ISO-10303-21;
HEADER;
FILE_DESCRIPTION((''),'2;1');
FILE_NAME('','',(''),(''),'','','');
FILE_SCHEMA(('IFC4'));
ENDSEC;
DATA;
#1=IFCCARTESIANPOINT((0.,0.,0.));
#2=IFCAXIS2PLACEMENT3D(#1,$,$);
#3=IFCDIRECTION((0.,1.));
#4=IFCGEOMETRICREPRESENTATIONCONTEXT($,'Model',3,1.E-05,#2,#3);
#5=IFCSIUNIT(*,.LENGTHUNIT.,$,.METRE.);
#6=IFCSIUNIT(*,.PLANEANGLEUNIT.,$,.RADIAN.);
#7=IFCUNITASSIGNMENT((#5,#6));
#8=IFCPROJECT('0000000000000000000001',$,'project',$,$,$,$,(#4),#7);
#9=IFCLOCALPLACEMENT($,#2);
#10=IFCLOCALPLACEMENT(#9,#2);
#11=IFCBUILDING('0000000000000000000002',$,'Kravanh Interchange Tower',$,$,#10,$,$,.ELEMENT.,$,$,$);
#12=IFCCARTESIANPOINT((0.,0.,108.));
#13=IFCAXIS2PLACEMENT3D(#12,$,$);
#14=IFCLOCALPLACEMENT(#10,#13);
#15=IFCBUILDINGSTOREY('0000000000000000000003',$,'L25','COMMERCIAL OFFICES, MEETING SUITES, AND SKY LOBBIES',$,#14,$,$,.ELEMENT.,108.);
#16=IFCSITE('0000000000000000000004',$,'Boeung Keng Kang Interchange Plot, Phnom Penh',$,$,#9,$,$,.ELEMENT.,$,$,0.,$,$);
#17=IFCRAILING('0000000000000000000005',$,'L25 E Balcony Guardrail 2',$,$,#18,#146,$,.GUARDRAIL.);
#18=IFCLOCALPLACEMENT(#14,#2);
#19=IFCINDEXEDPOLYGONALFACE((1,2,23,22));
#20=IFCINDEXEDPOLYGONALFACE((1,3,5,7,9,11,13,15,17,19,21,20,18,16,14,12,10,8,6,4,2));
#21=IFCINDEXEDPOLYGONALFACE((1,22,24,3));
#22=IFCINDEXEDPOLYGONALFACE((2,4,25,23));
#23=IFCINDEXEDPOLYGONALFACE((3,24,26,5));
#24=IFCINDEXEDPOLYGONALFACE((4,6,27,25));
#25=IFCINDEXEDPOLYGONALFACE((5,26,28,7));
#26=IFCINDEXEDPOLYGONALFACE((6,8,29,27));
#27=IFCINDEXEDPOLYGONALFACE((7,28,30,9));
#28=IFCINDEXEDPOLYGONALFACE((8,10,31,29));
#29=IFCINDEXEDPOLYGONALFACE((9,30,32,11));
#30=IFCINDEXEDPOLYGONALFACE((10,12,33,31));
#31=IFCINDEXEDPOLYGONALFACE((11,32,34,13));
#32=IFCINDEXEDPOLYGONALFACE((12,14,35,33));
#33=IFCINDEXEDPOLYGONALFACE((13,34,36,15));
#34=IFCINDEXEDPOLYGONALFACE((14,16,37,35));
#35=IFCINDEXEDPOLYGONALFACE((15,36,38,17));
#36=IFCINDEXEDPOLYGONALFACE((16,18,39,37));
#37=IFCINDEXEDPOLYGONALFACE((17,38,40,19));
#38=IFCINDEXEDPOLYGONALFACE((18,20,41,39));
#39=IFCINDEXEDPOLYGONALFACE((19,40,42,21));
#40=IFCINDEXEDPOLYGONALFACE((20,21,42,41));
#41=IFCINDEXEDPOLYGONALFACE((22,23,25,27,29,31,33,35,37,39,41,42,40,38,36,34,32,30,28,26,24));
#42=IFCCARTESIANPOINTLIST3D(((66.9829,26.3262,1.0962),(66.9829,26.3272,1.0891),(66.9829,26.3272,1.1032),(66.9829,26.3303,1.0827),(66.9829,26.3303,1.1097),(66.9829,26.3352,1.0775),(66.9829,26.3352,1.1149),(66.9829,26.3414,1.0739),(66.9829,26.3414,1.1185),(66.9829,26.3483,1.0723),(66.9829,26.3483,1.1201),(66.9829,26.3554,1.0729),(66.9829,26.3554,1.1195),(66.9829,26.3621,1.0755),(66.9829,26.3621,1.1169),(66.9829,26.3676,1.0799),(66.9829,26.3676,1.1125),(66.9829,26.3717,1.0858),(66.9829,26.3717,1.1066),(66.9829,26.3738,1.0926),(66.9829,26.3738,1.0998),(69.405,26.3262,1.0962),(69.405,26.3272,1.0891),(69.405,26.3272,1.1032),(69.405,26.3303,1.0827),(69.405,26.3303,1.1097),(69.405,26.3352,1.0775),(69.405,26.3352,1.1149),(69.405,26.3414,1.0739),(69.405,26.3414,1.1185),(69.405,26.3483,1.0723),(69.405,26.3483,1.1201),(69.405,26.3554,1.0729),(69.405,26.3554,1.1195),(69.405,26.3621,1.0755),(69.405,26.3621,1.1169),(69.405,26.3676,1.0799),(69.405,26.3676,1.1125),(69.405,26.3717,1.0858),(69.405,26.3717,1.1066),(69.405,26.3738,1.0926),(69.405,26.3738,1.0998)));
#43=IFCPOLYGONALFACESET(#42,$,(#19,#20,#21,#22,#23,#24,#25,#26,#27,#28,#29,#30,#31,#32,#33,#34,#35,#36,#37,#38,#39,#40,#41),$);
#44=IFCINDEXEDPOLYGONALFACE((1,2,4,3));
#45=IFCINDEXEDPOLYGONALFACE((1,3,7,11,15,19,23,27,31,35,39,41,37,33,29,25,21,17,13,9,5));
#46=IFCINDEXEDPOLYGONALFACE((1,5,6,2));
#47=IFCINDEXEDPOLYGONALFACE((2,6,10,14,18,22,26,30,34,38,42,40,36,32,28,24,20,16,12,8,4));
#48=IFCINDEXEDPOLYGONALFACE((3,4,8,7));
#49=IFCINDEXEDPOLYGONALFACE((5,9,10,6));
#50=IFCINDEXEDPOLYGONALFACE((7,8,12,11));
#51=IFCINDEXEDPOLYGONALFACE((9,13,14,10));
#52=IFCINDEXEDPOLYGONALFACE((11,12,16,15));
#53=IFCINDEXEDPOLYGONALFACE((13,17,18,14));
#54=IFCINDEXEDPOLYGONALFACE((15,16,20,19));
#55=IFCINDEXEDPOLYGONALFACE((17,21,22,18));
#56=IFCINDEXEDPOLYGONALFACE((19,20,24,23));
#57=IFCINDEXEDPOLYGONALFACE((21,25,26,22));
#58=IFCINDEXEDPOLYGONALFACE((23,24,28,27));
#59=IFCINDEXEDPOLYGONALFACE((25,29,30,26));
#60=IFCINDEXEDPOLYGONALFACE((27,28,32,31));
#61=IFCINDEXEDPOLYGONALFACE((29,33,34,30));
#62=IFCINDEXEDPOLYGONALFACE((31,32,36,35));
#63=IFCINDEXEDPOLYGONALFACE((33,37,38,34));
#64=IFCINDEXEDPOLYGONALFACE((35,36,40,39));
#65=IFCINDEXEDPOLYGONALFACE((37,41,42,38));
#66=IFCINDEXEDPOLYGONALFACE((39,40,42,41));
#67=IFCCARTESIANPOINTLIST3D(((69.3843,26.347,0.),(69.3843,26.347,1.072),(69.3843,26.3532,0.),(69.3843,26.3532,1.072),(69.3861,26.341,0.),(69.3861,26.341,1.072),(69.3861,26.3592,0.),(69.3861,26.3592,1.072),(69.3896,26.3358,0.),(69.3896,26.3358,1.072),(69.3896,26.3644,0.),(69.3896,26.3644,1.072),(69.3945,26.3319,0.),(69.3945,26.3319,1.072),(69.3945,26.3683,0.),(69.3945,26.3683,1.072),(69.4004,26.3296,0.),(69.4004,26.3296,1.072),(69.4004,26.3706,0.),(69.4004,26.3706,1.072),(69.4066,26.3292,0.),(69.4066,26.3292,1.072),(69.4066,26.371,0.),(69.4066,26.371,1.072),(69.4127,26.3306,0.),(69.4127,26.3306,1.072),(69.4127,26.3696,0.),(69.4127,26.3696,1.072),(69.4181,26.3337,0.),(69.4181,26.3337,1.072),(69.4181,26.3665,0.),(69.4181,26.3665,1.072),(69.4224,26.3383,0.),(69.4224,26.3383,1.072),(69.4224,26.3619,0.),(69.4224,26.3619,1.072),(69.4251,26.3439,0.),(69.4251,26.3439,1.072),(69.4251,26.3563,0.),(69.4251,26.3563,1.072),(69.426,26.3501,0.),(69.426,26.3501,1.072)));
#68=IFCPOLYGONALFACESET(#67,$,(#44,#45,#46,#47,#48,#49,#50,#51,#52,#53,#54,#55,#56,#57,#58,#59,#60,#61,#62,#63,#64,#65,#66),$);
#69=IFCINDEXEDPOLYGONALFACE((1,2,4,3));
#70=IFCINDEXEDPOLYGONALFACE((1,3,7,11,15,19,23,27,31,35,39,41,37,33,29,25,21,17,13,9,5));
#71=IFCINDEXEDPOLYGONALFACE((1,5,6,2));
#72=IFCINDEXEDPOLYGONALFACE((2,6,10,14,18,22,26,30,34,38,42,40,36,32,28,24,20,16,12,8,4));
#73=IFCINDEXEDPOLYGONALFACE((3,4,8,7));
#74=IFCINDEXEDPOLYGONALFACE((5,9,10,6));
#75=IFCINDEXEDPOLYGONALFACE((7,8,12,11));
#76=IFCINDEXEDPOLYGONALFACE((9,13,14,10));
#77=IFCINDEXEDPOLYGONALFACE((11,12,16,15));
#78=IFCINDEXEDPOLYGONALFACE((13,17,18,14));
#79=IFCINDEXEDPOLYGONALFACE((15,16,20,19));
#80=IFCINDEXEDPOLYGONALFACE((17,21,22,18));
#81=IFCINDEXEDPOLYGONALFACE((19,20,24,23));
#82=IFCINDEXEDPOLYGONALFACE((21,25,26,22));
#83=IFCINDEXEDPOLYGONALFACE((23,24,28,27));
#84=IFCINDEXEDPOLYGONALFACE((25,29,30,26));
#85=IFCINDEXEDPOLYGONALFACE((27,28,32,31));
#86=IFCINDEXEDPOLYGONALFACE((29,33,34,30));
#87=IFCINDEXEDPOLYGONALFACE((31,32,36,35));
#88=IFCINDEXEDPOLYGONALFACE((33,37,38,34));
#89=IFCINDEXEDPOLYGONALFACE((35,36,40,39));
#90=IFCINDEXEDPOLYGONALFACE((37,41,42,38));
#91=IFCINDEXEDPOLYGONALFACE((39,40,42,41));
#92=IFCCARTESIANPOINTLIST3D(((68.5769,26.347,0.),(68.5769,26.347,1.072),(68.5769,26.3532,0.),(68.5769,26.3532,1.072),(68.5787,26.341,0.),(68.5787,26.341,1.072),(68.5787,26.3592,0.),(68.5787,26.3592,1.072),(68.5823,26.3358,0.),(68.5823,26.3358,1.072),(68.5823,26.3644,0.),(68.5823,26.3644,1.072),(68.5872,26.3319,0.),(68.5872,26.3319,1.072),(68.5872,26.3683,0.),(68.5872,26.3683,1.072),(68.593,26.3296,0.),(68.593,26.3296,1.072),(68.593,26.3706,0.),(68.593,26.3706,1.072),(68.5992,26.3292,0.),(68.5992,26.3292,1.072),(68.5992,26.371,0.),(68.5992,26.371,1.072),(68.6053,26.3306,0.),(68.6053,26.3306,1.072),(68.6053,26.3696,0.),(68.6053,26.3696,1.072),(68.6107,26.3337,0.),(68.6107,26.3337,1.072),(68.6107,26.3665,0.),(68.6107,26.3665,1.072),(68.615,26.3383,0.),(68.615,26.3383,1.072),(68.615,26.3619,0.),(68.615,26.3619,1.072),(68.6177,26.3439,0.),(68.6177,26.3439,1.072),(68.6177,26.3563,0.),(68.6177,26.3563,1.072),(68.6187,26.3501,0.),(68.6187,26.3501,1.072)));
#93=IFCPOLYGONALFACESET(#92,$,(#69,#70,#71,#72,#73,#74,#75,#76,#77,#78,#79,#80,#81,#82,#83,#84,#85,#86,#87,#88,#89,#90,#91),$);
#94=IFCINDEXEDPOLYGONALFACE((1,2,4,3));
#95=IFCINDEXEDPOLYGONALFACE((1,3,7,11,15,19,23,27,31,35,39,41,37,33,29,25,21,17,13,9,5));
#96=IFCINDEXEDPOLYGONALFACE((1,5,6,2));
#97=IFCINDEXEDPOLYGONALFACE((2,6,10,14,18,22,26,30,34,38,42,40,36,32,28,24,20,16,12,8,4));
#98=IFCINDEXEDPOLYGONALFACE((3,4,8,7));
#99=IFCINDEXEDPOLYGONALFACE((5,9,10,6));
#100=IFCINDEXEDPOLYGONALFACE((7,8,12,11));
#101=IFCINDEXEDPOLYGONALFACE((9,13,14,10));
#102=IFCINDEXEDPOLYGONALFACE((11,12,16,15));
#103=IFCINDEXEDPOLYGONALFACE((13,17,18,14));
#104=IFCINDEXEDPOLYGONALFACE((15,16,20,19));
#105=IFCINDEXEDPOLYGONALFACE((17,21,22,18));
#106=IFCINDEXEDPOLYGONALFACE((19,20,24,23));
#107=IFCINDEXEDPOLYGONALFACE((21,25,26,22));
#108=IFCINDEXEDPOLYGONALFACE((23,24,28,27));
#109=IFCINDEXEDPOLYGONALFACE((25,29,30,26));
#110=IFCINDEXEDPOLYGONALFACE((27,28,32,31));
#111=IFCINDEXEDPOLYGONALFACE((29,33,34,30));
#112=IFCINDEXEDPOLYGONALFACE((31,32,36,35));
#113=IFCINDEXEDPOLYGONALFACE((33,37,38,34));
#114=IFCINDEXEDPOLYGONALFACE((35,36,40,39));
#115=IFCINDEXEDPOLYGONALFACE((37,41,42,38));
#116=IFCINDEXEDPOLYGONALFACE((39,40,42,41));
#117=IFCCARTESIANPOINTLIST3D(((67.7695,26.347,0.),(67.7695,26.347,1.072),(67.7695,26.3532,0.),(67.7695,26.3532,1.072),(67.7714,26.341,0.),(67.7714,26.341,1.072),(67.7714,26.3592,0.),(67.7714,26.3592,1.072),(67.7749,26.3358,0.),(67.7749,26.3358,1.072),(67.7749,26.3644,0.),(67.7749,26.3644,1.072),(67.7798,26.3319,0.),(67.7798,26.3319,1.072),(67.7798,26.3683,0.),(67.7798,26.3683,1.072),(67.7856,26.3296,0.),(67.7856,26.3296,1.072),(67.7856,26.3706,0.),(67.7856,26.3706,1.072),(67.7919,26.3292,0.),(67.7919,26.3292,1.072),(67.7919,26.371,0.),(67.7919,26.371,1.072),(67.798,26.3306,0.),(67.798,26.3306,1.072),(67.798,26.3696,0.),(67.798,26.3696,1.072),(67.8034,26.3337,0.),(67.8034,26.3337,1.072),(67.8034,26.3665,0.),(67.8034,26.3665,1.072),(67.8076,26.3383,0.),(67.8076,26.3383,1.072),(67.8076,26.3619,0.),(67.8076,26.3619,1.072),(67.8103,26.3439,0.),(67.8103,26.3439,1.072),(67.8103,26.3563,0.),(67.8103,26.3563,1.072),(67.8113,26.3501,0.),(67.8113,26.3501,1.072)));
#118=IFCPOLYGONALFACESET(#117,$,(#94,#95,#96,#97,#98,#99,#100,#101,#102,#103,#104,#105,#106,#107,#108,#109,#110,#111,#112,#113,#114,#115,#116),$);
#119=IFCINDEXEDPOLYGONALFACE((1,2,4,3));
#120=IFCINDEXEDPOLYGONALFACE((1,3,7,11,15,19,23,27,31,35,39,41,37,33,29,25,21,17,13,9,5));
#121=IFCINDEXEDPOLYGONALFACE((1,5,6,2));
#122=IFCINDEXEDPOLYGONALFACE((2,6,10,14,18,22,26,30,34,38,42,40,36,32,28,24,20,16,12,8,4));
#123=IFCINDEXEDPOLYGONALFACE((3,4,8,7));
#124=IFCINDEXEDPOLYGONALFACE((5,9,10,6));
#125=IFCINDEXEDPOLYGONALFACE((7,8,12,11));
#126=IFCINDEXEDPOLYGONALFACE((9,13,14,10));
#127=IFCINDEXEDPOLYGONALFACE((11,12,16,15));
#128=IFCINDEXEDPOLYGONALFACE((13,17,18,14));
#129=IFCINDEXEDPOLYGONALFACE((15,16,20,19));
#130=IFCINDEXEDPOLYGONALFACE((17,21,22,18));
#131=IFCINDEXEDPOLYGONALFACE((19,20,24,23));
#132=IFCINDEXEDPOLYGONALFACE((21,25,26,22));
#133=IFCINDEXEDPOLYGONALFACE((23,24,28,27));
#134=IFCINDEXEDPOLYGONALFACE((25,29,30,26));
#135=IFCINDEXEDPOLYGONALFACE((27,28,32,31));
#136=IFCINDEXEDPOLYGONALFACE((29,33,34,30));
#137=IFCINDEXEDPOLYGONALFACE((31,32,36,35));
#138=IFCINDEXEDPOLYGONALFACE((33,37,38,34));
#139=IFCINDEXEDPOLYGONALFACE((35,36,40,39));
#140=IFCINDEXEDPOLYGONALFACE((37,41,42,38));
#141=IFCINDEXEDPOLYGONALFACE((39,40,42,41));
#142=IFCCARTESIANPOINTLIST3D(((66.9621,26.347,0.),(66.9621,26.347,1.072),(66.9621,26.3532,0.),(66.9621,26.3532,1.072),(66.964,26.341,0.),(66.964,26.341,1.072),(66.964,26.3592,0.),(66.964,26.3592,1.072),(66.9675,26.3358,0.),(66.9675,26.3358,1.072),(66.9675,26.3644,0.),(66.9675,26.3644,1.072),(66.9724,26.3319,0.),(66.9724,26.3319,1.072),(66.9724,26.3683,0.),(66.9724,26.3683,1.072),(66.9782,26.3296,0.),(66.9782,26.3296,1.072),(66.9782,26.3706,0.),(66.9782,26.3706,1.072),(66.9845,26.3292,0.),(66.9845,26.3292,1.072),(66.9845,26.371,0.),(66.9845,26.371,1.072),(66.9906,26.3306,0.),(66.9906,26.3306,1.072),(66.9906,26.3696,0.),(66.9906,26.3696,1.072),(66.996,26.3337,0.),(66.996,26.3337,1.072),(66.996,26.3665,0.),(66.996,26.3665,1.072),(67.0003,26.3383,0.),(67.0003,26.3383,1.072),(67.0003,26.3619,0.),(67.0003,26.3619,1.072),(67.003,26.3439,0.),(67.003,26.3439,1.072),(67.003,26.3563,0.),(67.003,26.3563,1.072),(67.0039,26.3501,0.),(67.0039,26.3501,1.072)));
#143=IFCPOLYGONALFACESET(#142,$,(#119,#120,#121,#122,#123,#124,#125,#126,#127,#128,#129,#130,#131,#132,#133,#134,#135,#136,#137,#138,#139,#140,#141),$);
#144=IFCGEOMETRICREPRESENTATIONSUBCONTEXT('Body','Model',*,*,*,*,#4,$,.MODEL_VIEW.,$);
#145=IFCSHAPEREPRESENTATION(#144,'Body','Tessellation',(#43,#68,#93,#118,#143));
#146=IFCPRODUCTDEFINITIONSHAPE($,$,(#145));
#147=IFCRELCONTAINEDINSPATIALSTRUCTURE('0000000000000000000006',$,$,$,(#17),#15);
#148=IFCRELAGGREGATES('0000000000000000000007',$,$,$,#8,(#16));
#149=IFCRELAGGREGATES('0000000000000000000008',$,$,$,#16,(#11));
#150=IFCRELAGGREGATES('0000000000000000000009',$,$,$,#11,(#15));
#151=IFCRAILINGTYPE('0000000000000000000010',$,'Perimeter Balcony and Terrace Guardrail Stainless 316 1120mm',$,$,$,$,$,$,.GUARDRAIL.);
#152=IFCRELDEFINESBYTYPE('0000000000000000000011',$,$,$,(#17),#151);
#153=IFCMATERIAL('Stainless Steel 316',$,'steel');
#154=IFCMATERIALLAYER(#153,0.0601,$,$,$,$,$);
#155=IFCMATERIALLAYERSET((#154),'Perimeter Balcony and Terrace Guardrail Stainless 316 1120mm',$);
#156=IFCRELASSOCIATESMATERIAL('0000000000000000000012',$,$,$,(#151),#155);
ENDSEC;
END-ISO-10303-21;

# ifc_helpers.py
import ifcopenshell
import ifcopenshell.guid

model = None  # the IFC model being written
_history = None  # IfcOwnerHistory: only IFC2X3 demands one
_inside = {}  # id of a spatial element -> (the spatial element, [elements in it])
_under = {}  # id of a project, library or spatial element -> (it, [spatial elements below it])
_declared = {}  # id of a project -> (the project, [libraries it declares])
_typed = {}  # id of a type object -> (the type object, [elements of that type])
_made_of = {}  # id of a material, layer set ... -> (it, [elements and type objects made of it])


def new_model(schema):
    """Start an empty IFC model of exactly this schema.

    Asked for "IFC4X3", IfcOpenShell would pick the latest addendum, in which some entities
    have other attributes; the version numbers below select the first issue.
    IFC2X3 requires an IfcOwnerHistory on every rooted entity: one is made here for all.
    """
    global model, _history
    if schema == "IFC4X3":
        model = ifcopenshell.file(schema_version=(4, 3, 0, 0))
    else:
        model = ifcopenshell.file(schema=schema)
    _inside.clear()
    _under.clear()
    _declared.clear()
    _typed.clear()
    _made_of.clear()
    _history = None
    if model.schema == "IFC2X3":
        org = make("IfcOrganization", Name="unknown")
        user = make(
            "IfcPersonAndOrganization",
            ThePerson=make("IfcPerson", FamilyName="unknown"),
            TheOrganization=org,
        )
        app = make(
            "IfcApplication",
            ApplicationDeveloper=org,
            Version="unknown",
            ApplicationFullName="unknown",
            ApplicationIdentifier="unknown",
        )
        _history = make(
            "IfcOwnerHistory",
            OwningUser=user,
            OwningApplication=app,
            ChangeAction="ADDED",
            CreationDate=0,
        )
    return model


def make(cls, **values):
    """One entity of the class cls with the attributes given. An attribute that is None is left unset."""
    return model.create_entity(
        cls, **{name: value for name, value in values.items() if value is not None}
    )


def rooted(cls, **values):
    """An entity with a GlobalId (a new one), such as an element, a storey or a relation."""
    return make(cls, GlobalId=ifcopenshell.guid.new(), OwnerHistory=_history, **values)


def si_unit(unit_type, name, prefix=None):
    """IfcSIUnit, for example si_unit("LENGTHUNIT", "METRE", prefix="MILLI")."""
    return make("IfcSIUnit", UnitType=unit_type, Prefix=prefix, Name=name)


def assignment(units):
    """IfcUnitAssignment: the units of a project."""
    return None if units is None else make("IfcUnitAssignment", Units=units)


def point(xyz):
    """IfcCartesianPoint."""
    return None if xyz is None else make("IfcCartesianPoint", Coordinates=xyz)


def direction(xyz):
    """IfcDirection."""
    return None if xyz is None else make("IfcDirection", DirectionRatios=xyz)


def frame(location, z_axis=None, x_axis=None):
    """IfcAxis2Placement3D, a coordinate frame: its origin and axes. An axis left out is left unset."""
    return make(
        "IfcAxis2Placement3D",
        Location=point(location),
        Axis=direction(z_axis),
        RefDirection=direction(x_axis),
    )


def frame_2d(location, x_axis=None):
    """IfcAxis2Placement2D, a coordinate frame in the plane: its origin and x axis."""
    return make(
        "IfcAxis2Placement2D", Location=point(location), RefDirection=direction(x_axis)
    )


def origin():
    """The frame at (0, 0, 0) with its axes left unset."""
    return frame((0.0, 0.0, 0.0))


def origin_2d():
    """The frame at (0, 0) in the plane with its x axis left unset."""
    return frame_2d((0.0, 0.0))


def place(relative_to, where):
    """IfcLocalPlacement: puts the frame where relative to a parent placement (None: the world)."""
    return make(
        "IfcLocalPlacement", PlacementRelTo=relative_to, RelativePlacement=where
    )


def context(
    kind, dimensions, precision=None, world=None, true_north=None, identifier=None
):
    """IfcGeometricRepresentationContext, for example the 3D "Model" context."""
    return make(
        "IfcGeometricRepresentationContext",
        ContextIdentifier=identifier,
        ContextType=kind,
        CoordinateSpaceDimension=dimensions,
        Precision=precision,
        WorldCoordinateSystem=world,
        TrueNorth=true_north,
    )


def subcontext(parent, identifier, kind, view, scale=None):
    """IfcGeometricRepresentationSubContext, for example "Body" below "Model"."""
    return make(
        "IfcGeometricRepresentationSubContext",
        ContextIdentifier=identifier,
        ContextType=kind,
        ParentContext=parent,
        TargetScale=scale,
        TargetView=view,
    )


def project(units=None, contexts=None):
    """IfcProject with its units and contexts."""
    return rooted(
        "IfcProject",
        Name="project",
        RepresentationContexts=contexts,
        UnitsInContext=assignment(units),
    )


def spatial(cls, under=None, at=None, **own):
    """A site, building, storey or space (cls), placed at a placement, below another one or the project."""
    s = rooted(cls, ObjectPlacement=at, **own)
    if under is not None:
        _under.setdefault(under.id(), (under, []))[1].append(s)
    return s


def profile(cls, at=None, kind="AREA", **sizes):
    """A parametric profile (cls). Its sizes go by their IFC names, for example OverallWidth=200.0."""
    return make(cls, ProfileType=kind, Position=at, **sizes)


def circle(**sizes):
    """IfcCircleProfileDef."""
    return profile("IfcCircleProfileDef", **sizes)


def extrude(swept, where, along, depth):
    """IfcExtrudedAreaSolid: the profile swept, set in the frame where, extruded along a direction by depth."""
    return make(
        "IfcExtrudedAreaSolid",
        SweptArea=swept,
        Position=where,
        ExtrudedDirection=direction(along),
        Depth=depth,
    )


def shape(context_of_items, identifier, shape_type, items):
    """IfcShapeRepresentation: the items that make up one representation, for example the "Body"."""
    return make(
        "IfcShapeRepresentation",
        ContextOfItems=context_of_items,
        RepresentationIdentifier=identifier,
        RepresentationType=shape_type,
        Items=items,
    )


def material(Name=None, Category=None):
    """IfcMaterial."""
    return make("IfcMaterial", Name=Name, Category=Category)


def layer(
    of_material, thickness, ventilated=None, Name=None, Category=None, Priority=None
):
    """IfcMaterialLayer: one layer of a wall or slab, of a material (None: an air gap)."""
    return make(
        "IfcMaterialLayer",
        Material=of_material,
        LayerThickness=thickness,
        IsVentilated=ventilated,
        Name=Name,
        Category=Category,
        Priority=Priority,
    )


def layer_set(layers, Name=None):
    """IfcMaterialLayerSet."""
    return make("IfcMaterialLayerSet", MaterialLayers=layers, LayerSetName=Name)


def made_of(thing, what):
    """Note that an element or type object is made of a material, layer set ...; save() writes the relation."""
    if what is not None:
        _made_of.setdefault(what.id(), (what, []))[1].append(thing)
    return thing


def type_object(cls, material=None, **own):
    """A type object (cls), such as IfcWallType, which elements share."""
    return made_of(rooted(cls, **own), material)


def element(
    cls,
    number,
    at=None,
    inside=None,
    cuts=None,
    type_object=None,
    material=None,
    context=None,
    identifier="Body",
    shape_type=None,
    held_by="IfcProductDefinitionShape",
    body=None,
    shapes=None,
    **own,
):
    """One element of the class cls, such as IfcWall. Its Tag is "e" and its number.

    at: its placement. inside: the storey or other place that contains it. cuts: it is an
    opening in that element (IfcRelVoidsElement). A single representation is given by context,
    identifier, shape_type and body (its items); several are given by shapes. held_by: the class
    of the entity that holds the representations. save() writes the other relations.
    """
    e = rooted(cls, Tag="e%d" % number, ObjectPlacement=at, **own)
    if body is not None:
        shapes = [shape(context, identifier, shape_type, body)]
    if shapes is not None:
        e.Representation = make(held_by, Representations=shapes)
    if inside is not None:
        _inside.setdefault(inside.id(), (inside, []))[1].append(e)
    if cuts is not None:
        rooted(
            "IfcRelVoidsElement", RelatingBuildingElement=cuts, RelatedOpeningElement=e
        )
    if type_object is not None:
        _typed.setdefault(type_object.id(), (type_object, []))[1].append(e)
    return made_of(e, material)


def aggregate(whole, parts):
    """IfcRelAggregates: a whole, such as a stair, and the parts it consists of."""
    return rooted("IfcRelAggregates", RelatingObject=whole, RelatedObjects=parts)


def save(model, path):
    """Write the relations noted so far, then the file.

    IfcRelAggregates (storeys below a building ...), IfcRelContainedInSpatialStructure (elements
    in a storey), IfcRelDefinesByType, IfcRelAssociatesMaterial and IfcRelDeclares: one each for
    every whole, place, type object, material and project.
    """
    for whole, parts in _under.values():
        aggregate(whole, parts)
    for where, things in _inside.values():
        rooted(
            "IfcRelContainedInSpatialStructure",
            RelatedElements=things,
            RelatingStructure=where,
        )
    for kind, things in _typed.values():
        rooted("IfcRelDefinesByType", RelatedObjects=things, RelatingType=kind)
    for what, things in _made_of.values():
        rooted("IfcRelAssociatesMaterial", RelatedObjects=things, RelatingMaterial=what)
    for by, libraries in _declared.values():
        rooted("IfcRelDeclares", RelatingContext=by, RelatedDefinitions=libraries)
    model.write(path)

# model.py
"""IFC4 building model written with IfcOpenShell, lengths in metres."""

from ifc_helpers import new_model, si_unit, direction, frame, origin, origin_2d, place, context, subcontext, project, spatial, circle, extrude, material, layer, layer_set, type_object, element, save


model = new_model("IFC4")

# Units and contexts
model_context = context("Model", 3, precision=1e-05, world=origin(), true_north=direction((0.0, 1.0)))
body_context = subcontext(model_context, "Body", "Model", "MODEL_VIEW")
ifc_project = project(units=[si_unit("LENGTHUNIT", "METRE"), si_unit("PLANEANGLEUNIT", "RADIAN")], contexts=[model_context])

# Site, building, storey
site_placement = place(None, origin())
site = spatial("IfcSite", under=ifc_project, at=site_placement, Name="Boeung Keng Kang Interchange Plot, Phnom Penh", CompositionType="ELEMENT", RefElevation=0.0)
building_placement = place(site_placement, origin())
building = spatial("IfcBuilding", under=site, at=building_placement, Name="Kravanh Interchange Tower", CompositionType="ELEMENT")
storey_placement = place(building_placement, frame((0.0, 0.0, 108.0)))
storey = spatial("IfcBuildingStorey", under=building, at=storey_placement, Name="L25", Description="COMMERCIAL OFFICES, MEETING SUITES, AND SKY LOBBIES", CompositionType="ELEMENT", Elevation=108.0)

# Railing
ifc_material_1 = material(Name="Stainless Steel 316", Category="steel")
ifc_layer_1 = layer(ifc_material_1, 0.0601)
ifc_layer_set_1 = layer_set([ifc_layer_1], Name="Perimeter Balcony and Terrace Guardrail Stainless 316 1120mm")
railing_type = type_object("IfcRailingType", Name="Perimeter Balcony and Terrace Guardrail Stainless 316 1120mm", PredefinedType="GUARDRAIL", material=ifc_layer_set_1)
railing_placement = place(storey_placement, frame((69.405, 26.3501, 0.0)))
element("IfcRailing", 1, at=railing_placement, inside=storey, type_object=railing_type, Name="L25 E Balcony Guardrail 2", PredefinedType="GUARDRAIL", context=body_context, shape_type="SweptSolid", body=[
    extrude(circle(Radius=0.0239, at=origin_2d()), frame((0.0, 0.0, 1.0962), z_axis=(-1.0, 0.0, 0.0), x_axis=(0.0, -1.0, 0.0)), (0.0, 0.0, 1.0), 2.4221),
    extrude(circle(Radius=0.021, at=origin_2d()), origin(), (0.0, 0.0, 1.0), 1.072),
    extrude(circle(Radius=0.021, at=origin_2d()), frame((-0.8074, 0.0, 0.0)), (0.0, 0.0, 1.0), 1.072),
    extrude(circle(Radius=0.021, at=origin_2d()), frame((-1.6147, 0.0, 0.0)), (0.0, 0.0, 1.0), 1.072),
    extrude(circle(Radius=0.021, at=origin_2d()), frame((-2.4221, 0.0, 0.0)), (0.0, 0.0, 1.0), 1.072),
])

save(model, "model.ifc")
